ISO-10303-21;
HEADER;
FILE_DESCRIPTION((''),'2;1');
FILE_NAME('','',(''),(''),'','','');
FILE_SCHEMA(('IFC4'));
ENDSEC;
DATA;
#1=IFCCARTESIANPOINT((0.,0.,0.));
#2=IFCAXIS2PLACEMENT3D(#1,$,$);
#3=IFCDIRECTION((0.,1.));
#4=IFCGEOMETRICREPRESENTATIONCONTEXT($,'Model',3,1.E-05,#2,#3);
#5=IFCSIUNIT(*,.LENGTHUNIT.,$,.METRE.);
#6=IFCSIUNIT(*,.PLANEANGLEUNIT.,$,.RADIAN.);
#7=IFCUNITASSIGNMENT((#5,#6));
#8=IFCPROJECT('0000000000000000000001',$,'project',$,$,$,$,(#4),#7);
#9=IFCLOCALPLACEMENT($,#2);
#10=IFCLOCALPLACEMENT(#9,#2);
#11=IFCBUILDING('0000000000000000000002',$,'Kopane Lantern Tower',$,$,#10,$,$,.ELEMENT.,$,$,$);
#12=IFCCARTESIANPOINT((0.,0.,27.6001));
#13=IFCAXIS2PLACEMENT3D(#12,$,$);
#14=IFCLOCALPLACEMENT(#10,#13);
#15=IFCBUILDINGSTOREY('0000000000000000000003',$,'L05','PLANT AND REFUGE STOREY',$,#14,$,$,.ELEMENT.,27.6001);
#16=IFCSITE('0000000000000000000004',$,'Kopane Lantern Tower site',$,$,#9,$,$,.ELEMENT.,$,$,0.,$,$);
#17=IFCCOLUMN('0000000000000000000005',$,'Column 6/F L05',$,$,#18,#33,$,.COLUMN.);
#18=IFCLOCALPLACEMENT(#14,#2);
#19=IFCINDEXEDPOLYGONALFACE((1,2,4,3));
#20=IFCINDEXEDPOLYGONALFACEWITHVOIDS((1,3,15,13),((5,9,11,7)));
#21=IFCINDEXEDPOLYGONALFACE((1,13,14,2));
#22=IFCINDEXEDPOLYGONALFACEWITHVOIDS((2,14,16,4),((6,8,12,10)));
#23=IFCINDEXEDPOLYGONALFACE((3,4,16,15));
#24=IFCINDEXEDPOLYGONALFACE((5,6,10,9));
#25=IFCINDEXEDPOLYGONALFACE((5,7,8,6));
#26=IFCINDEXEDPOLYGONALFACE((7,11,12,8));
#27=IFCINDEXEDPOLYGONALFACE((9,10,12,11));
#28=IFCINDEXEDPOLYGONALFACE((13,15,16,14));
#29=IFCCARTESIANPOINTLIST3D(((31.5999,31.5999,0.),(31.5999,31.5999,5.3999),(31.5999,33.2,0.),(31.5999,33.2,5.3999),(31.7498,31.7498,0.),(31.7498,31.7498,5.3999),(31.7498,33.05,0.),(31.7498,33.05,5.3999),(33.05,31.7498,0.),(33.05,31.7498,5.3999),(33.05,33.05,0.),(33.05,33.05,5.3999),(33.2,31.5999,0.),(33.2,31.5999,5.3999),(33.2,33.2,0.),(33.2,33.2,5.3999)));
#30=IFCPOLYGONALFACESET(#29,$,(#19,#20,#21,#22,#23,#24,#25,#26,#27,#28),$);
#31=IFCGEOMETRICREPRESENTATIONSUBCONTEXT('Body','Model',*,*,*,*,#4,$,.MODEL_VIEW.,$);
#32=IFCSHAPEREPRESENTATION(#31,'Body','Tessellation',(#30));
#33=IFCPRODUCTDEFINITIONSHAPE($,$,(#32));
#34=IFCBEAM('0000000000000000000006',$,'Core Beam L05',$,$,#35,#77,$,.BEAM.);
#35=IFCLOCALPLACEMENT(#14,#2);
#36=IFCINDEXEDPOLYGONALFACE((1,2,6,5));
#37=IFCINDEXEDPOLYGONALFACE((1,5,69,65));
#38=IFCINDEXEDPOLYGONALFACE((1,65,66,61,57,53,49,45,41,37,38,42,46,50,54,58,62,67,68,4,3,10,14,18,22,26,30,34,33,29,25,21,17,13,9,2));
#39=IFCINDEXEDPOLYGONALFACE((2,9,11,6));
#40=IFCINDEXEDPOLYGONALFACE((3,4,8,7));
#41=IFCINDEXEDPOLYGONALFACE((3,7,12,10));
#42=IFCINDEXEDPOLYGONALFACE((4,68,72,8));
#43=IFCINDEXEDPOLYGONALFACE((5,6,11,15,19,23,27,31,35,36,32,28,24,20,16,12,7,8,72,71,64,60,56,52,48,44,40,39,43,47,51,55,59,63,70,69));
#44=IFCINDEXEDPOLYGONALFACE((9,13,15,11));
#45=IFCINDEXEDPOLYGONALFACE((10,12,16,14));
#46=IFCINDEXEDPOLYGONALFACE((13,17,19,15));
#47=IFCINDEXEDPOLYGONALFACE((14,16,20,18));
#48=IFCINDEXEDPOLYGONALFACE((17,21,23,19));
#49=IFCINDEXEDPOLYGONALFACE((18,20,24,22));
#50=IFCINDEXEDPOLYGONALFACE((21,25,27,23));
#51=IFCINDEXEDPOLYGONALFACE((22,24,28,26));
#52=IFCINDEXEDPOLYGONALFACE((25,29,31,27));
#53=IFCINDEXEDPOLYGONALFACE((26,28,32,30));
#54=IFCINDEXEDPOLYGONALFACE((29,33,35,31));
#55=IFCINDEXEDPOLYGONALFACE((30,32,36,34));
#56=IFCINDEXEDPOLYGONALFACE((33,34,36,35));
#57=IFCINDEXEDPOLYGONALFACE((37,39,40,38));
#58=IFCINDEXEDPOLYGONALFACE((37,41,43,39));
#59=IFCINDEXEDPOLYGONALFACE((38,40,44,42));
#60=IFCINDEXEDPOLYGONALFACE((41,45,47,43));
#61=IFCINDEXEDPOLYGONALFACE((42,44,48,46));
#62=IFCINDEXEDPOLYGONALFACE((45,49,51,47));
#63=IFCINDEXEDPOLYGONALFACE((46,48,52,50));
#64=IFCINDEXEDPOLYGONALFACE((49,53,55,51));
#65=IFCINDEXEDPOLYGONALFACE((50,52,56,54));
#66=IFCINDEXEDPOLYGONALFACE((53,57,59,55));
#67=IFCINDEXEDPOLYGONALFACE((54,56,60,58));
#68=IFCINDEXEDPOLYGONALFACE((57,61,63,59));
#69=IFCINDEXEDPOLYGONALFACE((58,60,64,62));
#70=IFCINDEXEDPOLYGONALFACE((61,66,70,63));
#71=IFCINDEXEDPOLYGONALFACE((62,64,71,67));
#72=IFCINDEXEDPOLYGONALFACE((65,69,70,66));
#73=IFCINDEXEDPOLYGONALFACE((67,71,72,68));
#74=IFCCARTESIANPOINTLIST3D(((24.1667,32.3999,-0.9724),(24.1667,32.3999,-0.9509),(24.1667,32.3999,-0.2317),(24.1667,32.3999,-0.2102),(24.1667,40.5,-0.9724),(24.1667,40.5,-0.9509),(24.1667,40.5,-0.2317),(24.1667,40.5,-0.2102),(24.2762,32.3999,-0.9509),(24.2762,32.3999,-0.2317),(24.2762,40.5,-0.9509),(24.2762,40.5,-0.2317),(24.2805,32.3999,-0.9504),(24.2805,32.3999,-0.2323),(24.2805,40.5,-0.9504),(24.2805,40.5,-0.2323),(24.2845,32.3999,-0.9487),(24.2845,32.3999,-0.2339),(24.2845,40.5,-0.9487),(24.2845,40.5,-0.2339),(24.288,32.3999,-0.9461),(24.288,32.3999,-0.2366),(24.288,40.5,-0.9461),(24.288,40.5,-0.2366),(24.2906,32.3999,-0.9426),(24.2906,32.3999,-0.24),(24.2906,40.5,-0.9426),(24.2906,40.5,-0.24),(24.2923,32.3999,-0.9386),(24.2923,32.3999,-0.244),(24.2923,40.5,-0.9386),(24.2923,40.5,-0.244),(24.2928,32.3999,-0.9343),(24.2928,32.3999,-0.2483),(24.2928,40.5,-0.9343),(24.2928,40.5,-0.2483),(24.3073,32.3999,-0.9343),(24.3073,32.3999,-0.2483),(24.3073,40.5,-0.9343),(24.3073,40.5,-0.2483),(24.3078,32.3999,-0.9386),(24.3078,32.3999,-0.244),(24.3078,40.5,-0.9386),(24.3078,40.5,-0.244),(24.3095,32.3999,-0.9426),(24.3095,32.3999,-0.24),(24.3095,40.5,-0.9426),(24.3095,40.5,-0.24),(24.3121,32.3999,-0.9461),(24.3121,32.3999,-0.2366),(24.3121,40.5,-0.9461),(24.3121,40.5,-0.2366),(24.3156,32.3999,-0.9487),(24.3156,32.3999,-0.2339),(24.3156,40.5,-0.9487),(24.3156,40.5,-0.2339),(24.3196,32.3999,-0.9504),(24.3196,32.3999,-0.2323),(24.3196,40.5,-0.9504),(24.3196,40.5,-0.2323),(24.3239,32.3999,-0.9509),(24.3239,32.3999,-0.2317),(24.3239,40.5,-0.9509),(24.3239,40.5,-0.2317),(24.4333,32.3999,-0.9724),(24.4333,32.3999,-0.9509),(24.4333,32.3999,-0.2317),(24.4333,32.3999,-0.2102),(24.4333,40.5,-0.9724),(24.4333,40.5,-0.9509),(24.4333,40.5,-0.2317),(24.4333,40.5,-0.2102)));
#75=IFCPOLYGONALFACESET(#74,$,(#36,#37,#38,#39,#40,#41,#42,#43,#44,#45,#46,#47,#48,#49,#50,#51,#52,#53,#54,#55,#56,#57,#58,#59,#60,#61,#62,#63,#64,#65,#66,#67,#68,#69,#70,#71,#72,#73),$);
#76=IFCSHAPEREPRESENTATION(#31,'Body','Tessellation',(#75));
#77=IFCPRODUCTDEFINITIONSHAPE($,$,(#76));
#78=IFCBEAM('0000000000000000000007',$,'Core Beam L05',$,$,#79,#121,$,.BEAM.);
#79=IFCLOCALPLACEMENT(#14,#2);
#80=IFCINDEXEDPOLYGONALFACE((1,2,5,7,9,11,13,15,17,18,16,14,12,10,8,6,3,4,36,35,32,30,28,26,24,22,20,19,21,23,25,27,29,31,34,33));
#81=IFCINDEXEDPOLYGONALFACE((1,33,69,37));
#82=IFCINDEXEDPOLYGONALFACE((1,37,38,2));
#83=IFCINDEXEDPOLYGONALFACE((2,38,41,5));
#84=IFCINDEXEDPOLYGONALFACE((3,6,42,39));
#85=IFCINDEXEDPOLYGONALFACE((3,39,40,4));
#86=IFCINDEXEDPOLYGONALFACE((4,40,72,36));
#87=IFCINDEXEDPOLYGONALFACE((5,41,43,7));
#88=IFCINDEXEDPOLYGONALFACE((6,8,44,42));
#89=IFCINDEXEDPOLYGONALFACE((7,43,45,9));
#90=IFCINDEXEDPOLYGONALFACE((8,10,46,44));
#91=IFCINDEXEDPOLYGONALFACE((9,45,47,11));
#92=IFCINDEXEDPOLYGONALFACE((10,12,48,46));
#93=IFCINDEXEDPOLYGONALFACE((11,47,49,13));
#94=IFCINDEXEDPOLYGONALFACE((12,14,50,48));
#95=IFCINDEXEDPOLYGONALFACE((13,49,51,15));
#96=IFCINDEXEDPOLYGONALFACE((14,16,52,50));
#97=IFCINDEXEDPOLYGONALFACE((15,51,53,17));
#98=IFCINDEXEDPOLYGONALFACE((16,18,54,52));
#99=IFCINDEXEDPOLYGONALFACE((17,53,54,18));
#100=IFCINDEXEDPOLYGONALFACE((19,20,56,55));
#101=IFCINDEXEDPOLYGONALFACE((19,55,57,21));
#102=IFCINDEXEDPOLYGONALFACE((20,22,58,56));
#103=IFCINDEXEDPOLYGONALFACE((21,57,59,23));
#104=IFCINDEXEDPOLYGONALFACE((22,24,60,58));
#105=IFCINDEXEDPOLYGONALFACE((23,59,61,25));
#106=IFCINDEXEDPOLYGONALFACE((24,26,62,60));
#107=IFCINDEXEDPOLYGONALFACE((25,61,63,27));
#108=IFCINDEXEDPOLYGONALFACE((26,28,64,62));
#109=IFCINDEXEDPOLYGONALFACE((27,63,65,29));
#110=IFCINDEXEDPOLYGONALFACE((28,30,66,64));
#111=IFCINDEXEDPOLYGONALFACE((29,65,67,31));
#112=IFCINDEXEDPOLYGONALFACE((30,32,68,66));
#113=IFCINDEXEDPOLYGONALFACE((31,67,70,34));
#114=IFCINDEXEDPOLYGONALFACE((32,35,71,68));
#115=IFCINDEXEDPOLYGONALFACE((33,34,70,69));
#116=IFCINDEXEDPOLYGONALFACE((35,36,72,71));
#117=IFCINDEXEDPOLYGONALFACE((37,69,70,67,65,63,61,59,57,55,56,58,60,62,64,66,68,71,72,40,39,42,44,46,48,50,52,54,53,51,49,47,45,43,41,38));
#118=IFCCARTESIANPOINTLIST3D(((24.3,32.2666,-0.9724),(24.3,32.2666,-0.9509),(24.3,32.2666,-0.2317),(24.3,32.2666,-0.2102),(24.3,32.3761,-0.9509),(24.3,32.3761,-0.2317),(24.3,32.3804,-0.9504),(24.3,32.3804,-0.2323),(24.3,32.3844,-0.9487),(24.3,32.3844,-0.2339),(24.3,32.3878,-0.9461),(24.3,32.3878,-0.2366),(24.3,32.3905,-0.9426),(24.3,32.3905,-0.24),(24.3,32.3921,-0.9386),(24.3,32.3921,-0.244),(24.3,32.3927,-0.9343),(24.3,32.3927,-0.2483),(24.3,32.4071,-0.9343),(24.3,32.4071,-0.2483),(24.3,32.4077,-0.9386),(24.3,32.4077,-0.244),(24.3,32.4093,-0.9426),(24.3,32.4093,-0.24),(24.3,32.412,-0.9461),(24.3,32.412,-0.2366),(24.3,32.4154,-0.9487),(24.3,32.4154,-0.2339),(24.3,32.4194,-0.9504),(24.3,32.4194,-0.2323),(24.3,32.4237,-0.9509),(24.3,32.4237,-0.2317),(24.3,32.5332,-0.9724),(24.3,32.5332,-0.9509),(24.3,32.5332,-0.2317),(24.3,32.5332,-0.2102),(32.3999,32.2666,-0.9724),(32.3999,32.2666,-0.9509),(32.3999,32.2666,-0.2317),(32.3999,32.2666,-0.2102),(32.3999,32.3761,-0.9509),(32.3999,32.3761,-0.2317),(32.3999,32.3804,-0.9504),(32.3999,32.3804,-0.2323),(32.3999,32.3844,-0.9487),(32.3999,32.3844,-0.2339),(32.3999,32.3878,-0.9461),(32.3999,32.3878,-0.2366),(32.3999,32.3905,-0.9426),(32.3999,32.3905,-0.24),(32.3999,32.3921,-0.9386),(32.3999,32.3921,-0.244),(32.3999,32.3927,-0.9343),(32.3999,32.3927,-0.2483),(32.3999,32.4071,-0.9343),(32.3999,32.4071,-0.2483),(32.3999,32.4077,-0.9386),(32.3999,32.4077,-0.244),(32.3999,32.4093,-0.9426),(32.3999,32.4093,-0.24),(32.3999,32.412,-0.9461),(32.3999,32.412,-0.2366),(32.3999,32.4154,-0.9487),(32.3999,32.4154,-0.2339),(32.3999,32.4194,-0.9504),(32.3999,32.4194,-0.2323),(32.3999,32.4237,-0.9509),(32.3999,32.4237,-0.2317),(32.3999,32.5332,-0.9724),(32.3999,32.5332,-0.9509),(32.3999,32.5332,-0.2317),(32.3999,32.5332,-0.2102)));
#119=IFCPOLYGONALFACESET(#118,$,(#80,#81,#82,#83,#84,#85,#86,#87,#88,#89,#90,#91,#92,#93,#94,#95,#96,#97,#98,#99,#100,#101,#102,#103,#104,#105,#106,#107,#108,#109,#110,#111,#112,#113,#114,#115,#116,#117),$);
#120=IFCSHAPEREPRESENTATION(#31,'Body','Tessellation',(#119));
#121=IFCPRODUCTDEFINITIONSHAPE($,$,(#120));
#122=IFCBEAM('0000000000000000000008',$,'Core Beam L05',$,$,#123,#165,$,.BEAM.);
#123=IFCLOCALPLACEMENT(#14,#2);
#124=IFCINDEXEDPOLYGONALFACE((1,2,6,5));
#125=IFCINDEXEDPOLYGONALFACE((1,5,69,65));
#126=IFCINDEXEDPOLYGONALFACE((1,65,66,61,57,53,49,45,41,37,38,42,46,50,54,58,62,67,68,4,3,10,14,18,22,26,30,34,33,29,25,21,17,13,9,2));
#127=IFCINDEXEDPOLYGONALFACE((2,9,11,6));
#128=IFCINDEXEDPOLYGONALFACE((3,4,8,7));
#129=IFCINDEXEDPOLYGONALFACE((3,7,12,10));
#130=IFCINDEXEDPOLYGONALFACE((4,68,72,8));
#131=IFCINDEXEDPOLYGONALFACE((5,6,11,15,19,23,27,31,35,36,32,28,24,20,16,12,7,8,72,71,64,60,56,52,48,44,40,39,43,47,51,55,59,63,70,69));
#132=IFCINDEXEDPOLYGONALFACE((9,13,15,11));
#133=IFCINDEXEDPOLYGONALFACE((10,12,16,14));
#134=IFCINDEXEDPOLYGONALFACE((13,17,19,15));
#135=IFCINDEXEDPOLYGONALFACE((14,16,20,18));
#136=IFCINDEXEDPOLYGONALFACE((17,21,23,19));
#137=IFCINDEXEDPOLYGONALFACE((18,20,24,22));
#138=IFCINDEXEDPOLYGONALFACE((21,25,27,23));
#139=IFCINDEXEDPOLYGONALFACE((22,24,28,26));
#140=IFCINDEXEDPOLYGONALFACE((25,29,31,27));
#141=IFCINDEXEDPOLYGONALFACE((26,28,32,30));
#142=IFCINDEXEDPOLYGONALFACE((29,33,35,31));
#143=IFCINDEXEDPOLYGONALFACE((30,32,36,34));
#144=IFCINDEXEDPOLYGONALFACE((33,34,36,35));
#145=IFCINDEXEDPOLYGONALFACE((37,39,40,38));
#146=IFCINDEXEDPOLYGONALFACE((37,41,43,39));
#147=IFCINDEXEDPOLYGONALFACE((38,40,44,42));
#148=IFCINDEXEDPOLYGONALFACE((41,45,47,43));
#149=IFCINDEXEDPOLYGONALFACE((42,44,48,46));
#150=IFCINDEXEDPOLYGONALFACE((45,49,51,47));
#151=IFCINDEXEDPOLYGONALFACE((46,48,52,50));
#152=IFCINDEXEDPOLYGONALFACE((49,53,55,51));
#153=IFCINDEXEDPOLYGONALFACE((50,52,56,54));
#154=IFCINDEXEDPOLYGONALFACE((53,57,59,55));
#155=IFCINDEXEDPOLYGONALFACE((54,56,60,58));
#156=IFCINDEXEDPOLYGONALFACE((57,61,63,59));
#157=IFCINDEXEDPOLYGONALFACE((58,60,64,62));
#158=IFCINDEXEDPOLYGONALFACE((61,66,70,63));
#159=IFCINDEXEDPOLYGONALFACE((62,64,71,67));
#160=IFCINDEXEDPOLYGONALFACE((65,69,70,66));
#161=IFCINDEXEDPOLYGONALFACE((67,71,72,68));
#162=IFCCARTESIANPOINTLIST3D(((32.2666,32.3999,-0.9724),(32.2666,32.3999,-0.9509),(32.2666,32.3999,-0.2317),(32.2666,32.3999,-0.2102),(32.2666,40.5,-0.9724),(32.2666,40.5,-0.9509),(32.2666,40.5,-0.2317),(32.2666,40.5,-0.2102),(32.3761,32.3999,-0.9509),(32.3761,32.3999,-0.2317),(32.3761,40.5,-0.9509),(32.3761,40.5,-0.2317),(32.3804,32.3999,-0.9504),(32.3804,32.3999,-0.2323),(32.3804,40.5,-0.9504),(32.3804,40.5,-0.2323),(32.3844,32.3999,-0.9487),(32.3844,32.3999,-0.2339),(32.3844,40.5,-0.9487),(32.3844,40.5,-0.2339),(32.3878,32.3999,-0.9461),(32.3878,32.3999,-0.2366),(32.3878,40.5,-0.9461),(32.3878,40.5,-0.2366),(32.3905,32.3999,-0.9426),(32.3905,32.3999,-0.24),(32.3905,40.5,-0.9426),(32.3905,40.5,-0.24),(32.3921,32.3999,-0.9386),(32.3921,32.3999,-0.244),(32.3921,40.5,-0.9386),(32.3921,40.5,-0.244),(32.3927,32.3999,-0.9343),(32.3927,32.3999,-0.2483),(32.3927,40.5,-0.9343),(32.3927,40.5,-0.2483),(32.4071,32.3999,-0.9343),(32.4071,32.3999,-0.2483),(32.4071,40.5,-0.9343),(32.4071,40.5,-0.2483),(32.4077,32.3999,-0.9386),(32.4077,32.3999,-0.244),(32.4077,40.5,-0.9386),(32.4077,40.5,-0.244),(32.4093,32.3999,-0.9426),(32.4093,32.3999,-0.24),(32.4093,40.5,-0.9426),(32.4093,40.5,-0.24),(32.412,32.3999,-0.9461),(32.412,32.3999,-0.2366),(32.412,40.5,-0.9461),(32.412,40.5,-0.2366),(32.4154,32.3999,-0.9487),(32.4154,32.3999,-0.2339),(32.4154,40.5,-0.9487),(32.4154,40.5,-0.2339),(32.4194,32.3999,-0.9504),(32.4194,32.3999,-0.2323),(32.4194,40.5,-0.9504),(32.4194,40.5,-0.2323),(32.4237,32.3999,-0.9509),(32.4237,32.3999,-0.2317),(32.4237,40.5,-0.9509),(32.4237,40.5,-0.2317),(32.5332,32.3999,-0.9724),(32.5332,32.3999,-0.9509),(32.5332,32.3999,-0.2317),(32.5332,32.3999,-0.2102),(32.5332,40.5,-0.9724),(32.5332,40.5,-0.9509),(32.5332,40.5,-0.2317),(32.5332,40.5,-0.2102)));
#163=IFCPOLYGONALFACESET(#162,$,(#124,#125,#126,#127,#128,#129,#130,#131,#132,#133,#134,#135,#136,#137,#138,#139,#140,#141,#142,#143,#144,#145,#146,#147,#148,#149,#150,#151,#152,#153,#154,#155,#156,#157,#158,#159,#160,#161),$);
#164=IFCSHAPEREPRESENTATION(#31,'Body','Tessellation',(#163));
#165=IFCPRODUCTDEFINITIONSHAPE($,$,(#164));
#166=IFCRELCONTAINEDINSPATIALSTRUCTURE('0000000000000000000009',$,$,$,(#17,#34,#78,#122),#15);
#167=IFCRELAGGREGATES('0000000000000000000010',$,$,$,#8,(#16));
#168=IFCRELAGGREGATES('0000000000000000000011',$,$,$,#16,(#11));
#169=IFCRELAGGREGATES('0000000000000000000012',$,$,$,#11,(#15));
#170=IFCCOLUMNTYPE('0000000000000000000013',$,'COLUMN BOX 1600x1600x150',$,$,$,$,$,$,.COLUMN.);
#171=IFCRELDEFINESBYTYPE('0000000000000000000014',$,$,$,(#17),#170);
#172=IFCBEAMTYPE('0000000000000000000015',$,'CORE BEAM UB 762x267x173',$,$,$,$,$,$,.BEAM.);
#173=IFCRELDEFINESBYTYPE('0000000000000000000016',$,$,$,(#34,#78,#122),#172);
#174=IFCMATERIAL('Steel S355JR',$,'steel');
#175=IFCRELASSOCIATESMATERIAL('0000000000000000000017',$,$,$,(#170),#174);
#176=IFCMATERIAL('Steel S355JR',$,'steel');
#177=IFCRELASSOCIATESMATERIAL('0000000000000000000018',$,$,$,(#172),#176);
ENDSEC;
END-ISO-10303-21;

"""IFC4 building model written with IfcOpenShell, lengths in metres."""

from ifc_helpers import new_model, si_unit, direction, frame, origin, origin_2d, place, context, subcontext, project, spatial, hollow_rectangle, i_section, extrude, material, material_profile, profile_set, type_object, element, save


model = new_model("IFC4")

# Units and contexts
model_context = context("Model", 3, precision=1e-05, world=origin(), true_north=direction((0.0, 1.0)))
body_context = subcontext(model_context, "Body", "Model", "MODEL_VIEW")
ifc_project = project(units=[si_unit("LENGTHUNIT", "METRE"), si_unit("PLANEANGLEUNIT", "RADIAN")], contexts=[model_context])

# Site, building, storey
site_placement = place(None, origin())
site = spatial("IfcSite", under=ifc_project, at=site_placement, Name="Kopane Lantern Tower site", CompositionType="ELEMENT", RefElevation=0.0)
building_placement = place(site_placement, origin())
building = spatial("IfcBuilding", under=site, at=building_placement, Name="Kopane Lantern Tower", CompositionType="ELEMENT")
storey_placement = place(building_placement, frame((0.0, 0.0, 27.6001)))
storey = spatial("IfcBuildingStorey", under=building, at=storey_placement, Name="L05", Description="PLANT AND REFUGE STOREY", CompositionType="ELEMENT", Elevation=27.6001)

# Column
ifc_material_1 = material(Name="Steel S355JR", Category="steel")
ifc_material_profile_1 = material_profile(ifc_material_1, hollow_rectangle(XDim=1.6001, YDim=1.6001, WallThickness=0.1499, at=origin_2d()), Name="BOX 1600x1600x150")
ifc_profile_set_1 = profile_set([ifc_material_profile_1], Name="Steel S355JR")
column_type = type_object("IfcColumnType", Name="COLUMN BOX 1600x1600x150", PredefinedType="COLUMN", material=ifc_profile_set_1)
column_placement = place(storey_placement, frame((32.3999, 32.3999, 0.0), z_axis=(0.0, 0.0, 1.0), x_axis=(1.0, 0.0, 0.0)))
element("IfcColumn", 1, at=column_placement, inside=storey, type_object=column_type, Name="Column 6/F L05", PredefinedType="COLUMN", context=body_context, shape_type="SweptSolid", body=[
    extrude(hollow_rectangle(XDim=1.6001, YDim=1.6001, WallThickness=0.1499, at=origin_2d()), origin(), (0.0, 0.0, 1.0), 5.3999),
])

# Beams
ifc_material_2 = material(Name="Steel S355JR", Category="steel")
ifc_material_profile_2 = material_profile(ifc_material_2, i_section(OverallWidth=0.2666, OverallDepth=0.7622, WebThickness=0.0144, FlangeThickness=0.0215, FilletRadius=0.0166, at=origin_2d()), Name="UB 762x267x173")
ifc_profile_set_2 = profile_set([ifc_material_profile_2], Name="Steel S355JR")
beam_type_1 = type_object("IfcBeamType", Name="CORE BEAM UB 762x267x173", PredefinedType="BEAM", material=ifc_profile_set_2)
beam_1_placement = place(storey_placement, frame((24.3, 32.3999, -0.5913), z_axis=(0.0, 1.0, 0.0), x_axis=(-1.0, 0.0, 0.0)))
element("IfcBeam", 2, at=beam_1_placement, inside=storey, type_object=beam_type_1, Name="Core Beam L05", PredefinedType="BEAM", context=body_context, shape_type="SweptSolid", body=[
    extrude(i_section(OverallWidth=0.2666, OverallDepth=0.7622, WebThickness=0.0144, FlangeThickness=0.0215, FilletRadius=0.0166, at=origin_2d()), origin(), (0.0, 0.0, 1.0), 8.1001),
])
beam_2_placement = place(storey_placement, frame((24.3, 32.3999, -0.5913), z_axis=(1.0, 0.0, 0.0), x_axis=(0.0, 1.0, 0.0)))
element("IfcBeam", 3, at=beam_2_placement, inside=storey, type_object=beam_type_1, Name="Core Beam L05", PredefinedType="BEAM", context=body_context, shape_type="SweptSolid", body=[
    extrude(i_section(OverallWidth=0.2666, OverallDepth=0.7622, WebThickness=0.0144, FlangeThickness=0.0215, FilletRadius=0.0166, at=origin_2d()), origin(), (0.0, 0.0, 1.0), 8.0999),
])
for number, where, z_axis, x_axis, name in (
    (4, (32.3999, 32.3999, -0.5913), (0.0, 1.0, 0.0), (-1.0, 0.0, 0.0), "Core Beam L05"),
):
    element("IfcBeam", number, at=place(storey_placement, frame(where, z_axis=z_axis, x_axis=x_axis)), inside=storey, type_object=beam_type_1, Name=name, PredefinedType="BEAM", context=body_context, shape_type="SweptSolid", body=[
        extrude(i_section(OverallWidth=0.2666, OverallDepth=0.7622, WebThickness=0.0144, FlangeThickness=0.0215, FilletRadius=0.0166, at=origin_2d()), origin(), (0.0, 0.0, 1.0), 8.1001),
    ])

save(model, "model.ifc")
